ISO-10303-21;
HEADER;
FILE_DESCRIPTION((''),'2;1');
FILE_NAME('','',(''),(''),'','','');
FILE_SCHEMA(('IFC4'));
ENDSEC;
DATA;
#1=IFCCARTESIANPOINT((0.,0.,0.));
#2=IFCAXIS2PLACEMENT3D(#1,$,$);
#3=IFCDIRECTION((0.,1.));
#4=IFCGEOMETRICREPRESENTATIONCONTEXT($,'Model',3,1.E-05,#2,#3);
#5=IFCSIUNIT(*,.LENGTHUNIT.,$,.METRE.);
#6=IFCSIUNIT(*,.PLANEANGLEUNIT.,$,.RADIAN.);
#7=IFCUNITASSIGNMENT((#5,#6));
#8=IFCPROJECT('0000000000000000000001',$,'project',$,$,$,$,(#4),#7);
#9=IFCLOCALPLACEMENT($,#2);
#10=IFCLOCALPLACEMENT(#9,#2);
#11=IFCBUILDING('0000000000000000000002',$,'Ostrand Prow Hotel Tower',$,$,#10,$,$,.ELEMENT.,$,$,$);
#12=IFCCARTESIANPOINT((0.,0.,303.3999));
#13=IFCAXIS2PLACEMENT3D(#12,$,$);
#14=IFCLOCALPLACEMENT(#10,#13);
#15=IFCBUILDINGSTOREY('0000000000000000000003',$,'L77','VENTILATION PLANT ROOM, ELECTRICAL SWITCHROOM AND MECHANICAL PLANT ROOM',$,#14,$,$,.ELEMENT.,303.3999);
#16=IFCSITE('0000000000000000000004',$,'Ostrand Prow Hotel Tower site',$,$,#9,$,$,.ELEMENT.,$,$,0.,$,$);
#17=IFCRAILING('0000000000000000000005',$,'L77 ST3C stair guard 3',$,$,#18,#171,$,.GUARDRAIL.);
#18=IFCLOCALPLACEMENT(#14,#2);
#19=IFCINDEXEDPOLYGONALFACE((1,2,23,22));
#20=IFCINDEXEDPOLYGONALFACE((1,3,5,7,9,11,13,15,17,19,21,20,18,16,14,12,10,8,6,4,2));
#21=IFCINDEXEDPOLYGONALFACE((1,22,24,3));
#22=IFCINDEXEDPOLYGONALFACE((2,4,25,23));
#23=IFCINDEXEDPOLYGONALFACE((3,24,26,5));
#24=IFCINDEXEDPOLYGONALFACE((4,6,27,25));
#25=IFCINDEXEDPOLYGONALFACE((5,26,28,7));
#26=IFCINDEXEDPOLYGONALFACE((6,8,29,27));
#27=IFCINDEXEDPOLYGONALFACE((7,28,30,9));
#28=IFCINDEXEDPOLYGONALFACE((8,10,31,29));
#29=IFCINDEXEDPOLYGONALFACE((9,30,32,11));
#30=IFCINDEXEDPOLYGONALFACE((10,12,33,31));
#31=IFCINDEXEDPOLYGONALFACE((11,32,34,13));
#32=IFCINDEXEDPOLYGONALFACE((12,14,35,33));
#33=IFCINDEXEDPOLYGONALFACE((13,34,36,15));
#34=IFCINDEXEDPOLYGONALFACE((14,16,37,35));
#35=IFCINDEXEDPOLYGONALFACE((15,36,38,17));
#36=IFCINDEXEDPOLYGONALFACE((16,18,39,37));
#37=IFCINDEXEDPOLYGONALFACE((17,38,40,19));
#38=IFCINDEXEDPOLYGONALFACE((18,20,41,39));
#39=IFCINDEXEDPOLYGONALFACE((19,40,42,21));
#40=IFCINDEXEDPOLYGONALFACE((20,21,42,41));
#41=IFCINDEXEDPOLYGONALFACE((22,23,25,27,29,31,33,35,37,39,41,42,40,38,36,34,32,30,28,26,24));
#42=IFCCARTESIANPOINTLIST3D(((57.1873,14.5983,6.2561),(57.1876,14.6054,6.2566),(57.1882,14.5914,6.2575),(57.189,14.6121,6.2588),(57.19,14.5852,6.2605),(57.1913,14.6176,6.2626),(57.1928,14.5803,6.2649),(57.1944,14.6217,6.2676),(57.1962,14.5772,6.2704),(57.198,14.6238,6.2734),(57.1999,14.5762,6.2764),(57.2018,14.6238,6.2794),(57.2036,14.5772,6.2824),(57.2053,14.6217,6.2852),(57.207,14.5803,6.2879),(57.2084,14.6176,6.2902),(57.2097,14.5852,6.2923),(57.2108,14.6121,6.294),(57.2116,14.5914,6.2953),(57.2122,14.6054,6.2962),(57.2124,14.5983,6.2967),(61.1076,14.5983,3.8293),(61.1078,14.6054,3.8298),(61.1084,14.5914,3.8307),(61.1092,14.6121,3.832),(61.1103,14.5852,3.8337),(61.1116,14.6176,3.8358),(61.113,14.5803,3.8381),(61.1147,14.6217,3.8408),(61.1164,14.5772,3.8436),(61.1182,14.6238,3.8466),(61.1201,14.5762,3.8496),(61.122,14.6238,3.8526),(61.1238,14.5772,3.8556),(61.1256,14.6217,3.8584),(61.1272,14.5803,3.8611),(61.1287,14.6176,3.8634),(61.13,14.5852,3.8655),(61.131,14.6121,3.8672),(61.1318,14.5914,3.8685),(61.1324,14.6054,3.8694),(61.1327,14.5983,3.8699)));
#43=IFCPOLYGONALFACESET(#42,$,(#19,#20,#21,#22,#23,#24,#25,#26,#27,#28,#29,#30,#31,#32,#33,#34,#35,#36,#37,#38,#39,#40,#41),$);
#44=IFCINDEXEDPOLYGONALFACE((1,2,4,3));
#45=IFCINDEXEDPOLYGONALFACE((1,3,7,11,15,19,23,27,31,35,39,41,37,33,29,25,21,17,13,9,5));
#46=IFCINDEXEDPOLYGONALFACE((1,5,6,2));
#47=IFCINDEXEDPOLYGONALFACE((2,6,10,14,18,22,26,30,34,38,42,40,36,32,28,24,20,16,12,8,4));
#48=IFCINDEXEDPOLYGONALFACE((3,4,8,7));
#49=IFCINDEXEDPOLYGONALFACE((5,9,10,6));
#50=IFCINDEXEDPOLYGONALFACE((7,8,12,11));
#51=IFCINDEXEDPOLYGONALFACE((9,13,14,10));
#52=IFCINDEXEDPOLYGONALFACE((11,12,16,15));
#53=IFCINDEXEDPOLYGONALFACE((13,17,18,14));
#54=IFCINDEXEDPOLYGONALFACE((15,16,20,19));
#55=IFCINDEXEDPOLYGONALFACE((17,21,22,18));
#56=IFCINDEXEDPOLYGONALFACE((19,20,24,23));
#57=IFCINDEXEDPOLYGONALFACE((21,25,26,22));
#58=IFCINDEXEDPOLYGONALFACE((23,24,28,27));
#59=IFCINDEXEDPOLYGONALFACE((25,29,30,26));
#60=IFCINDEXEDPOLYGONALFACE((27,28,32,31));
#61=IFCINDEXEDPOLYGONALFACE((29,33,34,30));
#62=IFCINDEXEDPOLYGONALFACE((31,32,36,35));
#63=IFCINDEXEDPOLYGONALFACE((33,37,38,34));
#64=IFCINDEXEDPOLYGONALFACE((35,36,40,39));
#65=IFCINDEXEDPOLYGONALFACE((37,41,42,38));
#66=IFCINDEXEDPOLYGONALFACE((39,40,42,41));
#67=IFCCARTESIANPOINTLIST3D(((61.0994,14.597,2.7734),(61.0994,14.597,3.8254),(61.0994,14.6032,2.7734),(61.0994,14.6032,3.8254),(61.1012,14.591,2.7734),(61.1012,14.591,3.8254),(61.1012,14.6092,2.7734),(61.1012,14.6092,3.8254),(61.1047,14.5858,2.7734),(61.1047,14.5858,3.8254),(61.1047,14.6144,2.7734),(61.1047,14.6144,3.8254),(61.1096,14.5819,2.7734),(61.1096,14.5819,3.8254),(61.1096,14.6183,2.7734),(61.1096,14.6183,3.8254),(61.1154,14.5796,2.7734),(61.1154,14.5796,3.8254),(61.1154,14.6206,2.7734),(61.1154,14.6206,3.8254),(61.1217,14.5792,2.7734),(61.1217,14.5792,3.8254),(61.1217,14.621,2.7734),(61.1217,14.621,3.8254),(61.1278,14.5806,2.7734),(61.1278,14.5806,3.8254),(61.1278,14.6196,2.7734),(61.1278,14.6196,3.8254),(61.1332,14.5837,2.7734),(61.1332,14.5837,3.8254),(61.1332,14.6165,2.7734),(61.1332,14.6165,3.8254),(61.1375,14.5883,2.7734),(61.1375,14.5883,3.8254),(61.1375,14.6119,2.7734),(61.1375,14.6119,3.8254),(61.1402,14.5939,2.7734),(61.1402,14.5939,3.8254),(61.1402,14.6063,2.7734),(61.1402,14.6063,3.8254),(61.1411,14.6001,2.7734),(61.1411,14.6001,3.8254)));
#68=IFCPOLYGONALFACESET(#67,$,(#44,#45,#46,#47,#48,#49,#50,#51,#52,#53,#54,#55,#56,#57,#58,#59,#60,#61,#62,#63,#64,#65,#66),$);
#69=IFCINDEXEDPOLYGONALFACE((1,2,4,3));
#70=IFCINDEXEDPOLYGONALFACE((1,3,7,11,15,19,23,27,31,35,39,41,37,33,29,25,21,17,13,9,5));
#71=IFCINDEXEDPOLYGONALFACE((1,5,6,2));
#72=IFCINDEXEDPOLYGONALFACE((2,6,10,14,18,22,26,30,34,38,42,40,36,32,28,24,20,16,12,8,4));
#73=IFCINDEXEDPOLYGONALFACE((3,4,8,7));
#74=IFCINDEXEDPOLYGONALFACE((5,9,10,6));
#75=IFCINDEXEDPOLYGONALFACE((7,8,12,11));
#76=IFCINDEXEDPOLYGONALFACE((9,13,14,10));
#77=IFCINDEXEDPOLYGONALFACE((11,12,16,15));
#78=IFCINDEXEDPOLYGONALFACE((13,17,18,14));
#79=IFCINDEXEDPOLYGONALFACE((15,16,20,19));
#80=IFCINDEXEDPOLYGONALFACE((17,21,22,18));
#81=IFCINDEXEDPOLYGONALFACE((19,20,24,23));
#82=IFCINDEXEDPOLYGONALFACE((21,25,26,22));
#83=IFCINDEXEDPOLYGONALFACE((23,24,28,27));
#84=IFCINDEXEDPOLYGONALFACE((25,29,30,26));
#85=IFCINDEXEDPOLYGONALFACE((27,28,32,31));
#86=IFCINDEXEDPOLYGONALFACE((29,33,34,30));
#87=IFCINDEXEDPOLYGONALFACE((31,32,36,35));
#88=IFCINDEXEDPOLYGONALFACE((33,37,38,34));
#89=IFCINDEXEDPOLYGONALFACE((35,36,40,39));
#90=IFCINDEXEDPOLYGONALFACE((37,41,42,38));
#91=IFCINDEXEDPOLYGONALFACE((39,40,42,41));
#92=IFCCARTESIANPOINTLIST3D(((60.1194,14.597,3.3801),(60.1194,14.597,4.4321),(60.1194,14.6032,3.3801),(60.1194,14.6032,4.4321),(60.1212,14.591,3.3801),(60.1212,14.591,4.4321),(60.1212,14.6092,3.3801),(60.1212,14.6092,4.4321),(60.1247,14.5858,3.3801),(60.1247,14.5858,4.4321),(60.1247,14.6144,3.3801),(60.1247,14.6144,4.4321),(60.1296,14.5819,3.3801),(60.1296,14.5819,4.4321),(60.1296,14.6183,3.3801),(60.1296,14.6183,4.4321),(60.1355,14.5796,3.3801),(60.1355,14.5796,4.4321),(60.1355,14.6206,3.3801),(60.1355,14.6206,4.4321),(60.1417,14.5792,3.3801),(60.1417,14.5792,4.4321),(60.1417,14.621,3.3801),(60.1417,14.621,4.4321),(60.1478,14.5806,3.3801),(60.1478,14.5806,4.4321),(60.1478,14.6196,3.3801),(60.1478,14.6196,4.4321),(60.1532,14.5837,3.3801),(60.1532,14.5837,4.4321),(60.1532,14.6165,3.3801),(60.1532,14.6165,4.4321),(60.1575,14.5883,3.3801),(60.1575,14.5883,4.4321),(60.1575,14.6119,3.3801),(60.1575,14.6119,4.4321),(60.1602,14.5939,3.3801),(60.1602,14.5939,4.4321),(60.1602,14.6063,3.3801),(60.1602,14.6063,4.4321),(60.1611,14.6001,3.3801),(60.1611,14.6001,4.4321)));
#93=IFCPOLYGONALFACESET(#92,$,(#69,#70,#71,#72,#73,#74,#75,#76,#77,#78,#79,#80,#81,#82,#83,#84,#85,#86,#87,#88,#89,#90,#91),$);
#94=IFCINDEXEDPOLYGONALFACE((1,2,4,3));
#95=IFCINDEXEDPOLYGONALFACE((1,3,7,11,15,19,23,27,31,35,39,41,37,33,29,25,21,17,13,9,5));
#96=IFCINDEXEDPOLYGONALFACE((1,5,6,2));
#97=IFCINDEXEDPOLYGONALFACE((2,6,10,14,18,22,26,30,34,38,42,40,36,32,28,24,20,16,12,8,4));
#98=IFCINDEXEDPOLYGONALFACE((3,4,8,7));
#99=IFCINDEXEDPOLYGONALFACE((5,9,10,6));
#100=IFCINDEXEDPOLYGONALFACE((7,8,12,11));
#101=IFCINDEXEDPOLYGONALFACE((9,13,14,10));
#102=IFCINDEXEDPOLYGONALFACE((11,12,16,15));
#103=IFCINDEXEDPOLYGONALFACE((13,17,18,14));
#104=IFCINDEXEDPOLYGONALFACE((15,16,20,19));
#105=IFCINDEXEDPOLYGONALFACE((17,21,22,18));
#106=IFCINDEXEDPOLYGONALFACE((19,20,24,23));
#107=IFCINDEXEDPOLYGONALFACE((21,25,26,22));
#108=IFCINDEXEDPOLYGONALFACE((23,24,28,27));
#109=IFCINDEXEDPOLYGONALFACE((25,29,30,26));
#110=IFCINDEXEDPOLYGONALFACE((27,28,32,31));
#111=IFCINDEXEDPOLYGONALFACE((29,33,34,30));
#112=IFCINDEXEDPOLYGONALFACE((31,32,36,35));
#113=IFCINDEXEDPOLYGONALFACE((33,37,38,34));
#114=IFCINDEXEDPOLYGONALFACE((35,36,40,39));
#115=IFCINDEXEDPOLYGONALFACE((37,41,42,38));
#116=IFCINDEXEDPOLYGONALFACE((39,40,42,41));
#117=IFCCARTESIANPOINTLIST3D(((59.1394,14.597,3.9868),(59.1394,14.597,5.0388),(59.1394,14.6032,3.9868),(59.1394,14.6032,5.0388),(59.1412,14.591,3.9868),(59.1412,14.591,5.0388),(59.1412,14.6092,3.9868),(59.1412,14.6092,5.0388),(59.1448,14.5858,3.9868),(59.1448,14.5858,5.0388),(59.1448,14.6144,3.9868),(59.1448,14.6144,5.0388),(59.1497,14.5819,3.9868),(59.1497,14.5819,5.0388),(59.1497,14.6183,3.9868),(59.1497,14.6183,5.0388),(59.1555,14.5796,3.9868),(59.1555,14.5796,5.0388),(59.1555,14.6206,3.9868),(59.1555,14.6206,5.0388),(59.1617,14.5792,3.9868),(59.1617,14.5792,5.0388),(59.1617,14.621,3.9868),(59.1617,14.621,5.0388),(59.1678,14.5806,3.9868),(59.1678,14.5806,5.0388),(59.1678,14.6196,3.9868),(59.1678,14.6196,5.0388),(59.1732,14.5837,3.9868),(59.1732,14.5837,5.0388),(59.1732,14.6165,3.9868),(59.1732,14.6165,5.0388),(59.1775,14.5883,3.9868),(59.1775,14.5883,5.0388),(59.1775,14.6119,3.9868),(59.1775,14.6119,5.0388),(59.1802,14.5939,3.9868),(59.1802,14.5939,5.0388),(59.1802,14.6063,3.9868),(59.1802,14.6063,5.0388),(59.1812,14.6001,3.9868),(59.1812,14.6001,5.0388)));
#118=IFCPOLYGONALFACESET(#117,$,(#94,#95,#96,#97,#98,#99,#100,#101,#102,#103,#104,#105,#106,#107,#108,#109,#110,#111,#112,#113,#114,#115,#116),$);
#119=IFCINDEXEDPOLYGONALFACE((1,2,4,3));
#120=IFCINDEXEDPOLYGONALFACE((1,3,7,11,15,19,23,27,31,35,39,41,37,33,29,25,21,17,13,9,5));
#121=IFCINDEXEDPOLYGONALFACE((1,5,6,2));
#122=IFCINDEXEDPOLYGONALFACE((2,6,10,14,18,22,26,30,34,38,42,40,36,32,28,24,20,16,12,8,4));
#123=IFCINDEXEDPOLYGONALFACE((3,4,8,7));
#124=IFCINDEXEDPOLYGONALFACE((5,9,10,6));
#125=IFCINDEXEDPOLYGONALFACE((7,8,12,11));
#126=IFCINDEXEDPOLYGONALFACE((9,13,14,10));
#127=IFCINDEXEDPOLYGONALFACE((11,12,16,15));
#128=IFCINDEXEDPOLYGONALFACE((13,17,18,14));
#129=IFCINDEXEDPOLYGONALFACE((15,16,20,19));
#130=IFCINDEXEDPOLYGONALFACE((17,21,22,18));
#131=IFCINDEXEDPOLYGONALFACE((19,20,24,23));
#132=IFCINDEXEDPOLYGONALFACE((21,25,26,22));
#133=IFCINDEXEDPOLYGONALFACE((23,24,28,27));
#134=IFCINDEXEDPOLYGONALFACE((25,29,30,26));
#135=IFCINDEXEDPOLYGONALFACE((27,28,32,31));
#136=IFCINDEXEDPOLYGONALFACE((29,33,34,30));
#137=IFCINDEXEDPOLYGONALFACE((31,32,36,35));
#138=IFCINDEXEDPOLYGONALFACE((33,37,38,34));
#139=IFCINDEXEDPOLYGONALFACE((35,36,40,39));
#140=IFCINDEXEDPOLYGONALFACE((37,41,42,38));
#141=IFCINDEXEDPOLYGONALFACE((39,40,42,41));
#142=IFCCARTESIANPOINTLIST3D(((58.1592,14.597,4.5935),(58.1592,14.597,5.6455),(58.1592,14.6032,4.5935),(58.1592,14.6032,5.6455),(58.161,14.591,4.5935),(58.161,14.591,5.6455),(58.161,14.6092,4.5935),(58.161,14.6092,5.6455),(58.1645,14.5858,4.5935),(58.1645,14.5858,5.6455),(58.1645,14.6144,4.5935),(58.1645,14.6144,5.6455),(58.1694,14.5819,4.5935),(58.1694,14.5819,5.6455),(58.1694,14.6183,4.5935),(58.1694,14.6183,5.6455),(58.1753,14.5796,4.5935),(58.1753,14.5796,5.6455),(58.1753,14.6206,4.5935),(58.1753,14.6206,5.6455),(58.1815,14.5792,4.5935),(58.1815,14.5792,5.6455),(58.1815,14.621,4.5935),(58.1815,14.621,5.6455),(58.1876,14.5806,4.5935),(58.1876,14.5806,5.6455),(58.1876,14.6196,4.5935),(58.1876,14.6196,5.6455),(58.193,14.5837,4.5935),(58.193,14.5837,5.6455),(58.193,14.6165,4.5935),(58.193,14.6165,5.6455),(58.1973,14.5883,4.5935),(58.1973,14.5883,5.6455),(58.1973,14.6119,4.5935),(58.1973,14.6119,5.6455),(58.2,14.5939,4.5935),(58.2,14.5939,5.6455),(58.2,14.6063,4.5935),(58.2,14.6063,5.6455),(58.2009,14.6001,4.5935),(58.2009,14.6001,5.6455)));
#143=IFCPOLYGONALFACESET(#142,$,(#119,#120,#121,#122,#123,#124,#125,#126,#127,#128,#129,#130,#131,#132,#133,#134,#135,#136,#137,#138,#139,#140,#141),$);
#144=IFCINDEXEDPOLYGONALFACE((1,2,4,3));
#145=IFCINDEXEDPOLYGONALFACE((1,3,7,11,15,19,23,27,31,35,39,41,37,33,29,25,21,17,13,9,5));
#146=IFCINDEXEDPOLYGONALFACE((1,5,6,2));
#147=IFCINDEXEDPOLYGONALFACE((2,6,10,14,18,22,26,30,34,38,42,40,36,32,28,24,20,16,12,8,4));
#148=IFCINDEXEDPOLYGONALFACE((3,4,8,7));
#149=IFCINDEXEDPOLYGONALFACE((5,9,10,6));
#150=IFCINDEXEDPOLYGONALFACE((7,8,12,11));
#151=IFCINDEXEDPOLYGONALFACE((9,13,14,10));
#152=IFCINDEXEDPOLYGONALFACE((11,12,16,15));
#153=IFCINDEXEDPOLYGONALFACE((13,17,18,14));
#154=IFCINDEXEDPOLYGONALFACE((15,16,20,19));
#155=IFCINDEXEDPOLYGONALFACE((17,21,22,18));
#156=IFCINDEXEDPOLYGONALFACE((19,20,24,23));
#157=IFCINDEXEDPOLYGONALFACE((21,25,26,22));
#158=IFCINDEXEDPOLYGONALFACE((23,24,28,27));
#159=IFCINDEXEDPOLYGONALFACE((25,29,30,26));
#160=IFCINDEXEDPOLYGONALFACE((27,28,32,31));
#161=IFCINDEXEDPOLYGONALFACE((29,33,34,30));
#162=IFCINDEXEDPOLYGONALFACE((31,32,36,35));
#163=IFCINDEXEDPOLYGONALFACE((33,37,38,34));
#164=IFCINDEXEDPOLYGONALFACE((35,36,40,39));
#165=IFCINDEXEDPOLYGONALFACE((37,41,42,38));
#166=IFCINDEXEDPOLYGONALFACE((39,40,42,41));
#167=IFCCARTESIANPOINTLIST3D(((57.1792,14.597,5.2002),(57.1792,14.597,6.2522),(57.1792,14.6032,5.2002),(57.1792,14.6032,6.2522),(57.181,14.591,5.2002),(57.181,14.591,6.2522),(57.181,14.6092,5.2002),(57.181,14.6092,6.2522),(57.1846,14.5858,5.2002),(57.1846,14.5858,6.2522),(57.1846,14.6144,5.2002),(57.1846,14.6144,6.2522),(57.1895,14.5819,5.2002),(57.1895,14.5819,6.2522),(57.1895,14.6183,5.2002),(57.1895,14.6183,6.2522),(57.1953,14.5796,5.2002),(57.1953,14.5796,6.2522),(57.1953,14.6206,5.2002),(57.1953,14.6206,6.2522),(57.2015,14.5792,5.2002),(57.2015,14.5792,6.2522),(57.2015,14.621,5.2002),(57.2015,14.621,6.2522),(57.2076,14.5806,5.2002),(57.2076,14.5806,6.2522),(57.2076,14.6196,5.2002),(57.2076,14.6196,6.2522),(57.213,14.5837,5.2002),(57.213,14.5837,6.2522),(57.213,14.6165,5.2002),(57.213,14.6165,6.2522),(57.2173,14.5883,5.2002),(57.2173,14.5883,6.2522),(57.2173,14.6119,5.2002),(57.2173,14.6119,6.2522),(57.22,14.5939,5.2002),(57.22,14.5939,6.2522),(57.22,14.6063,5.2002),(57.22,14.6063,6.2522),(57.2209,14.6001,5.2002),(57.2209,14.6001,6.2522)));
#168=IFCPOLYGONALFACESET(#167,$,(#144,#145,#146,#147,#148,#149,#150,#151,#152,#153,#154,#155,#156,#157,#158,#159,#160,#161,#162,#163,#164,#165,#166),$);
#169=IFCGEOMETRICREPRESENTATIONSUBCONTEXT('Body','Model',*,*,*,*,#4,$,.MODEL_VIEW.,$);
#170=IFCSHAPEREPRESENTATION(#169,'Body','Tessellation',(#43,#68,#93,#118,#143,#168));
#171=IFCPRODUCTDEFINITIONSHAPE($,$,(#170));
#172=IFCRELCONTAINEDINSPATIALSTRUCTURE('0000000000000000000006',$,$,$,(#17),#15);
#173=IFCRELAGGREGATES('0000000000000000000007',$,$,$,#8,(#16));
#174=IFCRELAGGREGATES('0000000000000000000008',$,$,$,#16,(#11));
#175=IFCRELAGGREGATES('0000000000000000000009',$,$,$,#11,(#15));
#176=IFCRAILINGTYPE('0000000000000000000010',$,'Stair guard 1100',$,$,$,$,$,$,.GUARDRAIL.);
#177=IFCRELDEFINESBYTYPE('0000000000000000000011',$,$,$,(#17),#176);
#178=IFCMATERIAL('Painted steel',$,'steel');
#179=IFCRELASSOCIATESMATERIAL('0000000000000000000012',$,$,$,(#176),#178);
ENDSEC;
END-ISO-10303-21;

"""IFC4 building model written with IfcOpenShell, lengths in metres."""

from ifc_helpers import new_model, si_unit, direction, frame, origin, origin_2d, place, context, subcontext, project, spatial, circle, extrude, material, type_object, element, save


model = new_model("IFC4")

# Units and contexts
model_context = context("Model", 3, precision=1e-05, world=origin(), true_north=direction((0.0, 1.0)))
body_context = subcontext(model_context, "Body", "Model", "MODEL_VIEW")
ifc_project = project(units=[si_unit("LENGTHUNIT", "METRE"), si_unit("PLANEANGLEUNIT", "RADIAN")], contexts=[model_context])

# Site, building, storey
site_placement = place(None, origin())
site = spatial("IfcSite", under=ifc_project, at=site_placement, Name="Ostrand Prow Hotel Tower site", CompositionType="ELEMENT", RefElevation=0.0)
building_placement = place(site_placement, origin())
building = spatial("IfcBuilding", under=site, at=building_placement, Name="Ostrand Prow Hotel Tower", CompositionType="ELEMENT")
storey_placement = place(building_placement, frame((0.0, 0.0, 303.3999)))
storey = spatial("IfcBuildingStorey", under=building, at=storey_placement, Name="L77", Description="VENTILATION PLANT ROOM, ELECTRICAL SWITCHROOM AND MECHANICAL PLANT ROOM", CompositionType="ELEMENT", Elevation=303.3999)

# Railing
ifc_material_1 = material(Name="Painted steel", Category="steel")
railing_type_1 = type_object("IfcRailingType", Name="Stair guard 1100", PredefinedType="GUARDRAIL", material=ifc_material_1)
railing_1_placement = place(storey_placement, frame((61.1201, 14.6001, 2.7734)))
element("IfcRailing", 1, at=railing_1_placement, inside=storey, type_object=railing_type_1, Name="L77 ST3C stair guard 3", PredefinedType="GUARDRAIL", context=body_context, shape_type="SweptSolid", body=[
    extrude(circle(Radius=0.0239, at=origin_2d()), frame((0.0, 0.0, 1.0762), z_axis=(-0.850266, 0.0, 0.526353), x_axis=(0.0, -1.0, 0.0)), (0.0, 0.0, 1.0), 4.6106),
    extrude(circle(Radius=0.021, at=origin_2d()), origin(), (0.0, 0.0, 1.0), 1.052),
    extrude(circle(Radius=0.021, at=origin_2d()), frame((-0.98, 0.0, 0.6067)), (0.0, 0.0, 1.0), 1.052),
    extrude(circle(Radius=0.021, at=origin_2d()), frame((-1.96, 0.0, 1.2134)), (0.0, 0.0, 1.0), 1.052),
    extrude(circle(Radius=0.021, at=origin_2d()), frame((-2.9402, 0.0, 1.8201)), (0.0, 0.0, 1.0), 1.052),
    extrude(circle(Radius=0.021, at=origin_2d()), frame((-3.9202, 0.0, 2.4268)), (0.0, 0.0, 1.0), 1.052),
])

save(model, "model.ifc")
